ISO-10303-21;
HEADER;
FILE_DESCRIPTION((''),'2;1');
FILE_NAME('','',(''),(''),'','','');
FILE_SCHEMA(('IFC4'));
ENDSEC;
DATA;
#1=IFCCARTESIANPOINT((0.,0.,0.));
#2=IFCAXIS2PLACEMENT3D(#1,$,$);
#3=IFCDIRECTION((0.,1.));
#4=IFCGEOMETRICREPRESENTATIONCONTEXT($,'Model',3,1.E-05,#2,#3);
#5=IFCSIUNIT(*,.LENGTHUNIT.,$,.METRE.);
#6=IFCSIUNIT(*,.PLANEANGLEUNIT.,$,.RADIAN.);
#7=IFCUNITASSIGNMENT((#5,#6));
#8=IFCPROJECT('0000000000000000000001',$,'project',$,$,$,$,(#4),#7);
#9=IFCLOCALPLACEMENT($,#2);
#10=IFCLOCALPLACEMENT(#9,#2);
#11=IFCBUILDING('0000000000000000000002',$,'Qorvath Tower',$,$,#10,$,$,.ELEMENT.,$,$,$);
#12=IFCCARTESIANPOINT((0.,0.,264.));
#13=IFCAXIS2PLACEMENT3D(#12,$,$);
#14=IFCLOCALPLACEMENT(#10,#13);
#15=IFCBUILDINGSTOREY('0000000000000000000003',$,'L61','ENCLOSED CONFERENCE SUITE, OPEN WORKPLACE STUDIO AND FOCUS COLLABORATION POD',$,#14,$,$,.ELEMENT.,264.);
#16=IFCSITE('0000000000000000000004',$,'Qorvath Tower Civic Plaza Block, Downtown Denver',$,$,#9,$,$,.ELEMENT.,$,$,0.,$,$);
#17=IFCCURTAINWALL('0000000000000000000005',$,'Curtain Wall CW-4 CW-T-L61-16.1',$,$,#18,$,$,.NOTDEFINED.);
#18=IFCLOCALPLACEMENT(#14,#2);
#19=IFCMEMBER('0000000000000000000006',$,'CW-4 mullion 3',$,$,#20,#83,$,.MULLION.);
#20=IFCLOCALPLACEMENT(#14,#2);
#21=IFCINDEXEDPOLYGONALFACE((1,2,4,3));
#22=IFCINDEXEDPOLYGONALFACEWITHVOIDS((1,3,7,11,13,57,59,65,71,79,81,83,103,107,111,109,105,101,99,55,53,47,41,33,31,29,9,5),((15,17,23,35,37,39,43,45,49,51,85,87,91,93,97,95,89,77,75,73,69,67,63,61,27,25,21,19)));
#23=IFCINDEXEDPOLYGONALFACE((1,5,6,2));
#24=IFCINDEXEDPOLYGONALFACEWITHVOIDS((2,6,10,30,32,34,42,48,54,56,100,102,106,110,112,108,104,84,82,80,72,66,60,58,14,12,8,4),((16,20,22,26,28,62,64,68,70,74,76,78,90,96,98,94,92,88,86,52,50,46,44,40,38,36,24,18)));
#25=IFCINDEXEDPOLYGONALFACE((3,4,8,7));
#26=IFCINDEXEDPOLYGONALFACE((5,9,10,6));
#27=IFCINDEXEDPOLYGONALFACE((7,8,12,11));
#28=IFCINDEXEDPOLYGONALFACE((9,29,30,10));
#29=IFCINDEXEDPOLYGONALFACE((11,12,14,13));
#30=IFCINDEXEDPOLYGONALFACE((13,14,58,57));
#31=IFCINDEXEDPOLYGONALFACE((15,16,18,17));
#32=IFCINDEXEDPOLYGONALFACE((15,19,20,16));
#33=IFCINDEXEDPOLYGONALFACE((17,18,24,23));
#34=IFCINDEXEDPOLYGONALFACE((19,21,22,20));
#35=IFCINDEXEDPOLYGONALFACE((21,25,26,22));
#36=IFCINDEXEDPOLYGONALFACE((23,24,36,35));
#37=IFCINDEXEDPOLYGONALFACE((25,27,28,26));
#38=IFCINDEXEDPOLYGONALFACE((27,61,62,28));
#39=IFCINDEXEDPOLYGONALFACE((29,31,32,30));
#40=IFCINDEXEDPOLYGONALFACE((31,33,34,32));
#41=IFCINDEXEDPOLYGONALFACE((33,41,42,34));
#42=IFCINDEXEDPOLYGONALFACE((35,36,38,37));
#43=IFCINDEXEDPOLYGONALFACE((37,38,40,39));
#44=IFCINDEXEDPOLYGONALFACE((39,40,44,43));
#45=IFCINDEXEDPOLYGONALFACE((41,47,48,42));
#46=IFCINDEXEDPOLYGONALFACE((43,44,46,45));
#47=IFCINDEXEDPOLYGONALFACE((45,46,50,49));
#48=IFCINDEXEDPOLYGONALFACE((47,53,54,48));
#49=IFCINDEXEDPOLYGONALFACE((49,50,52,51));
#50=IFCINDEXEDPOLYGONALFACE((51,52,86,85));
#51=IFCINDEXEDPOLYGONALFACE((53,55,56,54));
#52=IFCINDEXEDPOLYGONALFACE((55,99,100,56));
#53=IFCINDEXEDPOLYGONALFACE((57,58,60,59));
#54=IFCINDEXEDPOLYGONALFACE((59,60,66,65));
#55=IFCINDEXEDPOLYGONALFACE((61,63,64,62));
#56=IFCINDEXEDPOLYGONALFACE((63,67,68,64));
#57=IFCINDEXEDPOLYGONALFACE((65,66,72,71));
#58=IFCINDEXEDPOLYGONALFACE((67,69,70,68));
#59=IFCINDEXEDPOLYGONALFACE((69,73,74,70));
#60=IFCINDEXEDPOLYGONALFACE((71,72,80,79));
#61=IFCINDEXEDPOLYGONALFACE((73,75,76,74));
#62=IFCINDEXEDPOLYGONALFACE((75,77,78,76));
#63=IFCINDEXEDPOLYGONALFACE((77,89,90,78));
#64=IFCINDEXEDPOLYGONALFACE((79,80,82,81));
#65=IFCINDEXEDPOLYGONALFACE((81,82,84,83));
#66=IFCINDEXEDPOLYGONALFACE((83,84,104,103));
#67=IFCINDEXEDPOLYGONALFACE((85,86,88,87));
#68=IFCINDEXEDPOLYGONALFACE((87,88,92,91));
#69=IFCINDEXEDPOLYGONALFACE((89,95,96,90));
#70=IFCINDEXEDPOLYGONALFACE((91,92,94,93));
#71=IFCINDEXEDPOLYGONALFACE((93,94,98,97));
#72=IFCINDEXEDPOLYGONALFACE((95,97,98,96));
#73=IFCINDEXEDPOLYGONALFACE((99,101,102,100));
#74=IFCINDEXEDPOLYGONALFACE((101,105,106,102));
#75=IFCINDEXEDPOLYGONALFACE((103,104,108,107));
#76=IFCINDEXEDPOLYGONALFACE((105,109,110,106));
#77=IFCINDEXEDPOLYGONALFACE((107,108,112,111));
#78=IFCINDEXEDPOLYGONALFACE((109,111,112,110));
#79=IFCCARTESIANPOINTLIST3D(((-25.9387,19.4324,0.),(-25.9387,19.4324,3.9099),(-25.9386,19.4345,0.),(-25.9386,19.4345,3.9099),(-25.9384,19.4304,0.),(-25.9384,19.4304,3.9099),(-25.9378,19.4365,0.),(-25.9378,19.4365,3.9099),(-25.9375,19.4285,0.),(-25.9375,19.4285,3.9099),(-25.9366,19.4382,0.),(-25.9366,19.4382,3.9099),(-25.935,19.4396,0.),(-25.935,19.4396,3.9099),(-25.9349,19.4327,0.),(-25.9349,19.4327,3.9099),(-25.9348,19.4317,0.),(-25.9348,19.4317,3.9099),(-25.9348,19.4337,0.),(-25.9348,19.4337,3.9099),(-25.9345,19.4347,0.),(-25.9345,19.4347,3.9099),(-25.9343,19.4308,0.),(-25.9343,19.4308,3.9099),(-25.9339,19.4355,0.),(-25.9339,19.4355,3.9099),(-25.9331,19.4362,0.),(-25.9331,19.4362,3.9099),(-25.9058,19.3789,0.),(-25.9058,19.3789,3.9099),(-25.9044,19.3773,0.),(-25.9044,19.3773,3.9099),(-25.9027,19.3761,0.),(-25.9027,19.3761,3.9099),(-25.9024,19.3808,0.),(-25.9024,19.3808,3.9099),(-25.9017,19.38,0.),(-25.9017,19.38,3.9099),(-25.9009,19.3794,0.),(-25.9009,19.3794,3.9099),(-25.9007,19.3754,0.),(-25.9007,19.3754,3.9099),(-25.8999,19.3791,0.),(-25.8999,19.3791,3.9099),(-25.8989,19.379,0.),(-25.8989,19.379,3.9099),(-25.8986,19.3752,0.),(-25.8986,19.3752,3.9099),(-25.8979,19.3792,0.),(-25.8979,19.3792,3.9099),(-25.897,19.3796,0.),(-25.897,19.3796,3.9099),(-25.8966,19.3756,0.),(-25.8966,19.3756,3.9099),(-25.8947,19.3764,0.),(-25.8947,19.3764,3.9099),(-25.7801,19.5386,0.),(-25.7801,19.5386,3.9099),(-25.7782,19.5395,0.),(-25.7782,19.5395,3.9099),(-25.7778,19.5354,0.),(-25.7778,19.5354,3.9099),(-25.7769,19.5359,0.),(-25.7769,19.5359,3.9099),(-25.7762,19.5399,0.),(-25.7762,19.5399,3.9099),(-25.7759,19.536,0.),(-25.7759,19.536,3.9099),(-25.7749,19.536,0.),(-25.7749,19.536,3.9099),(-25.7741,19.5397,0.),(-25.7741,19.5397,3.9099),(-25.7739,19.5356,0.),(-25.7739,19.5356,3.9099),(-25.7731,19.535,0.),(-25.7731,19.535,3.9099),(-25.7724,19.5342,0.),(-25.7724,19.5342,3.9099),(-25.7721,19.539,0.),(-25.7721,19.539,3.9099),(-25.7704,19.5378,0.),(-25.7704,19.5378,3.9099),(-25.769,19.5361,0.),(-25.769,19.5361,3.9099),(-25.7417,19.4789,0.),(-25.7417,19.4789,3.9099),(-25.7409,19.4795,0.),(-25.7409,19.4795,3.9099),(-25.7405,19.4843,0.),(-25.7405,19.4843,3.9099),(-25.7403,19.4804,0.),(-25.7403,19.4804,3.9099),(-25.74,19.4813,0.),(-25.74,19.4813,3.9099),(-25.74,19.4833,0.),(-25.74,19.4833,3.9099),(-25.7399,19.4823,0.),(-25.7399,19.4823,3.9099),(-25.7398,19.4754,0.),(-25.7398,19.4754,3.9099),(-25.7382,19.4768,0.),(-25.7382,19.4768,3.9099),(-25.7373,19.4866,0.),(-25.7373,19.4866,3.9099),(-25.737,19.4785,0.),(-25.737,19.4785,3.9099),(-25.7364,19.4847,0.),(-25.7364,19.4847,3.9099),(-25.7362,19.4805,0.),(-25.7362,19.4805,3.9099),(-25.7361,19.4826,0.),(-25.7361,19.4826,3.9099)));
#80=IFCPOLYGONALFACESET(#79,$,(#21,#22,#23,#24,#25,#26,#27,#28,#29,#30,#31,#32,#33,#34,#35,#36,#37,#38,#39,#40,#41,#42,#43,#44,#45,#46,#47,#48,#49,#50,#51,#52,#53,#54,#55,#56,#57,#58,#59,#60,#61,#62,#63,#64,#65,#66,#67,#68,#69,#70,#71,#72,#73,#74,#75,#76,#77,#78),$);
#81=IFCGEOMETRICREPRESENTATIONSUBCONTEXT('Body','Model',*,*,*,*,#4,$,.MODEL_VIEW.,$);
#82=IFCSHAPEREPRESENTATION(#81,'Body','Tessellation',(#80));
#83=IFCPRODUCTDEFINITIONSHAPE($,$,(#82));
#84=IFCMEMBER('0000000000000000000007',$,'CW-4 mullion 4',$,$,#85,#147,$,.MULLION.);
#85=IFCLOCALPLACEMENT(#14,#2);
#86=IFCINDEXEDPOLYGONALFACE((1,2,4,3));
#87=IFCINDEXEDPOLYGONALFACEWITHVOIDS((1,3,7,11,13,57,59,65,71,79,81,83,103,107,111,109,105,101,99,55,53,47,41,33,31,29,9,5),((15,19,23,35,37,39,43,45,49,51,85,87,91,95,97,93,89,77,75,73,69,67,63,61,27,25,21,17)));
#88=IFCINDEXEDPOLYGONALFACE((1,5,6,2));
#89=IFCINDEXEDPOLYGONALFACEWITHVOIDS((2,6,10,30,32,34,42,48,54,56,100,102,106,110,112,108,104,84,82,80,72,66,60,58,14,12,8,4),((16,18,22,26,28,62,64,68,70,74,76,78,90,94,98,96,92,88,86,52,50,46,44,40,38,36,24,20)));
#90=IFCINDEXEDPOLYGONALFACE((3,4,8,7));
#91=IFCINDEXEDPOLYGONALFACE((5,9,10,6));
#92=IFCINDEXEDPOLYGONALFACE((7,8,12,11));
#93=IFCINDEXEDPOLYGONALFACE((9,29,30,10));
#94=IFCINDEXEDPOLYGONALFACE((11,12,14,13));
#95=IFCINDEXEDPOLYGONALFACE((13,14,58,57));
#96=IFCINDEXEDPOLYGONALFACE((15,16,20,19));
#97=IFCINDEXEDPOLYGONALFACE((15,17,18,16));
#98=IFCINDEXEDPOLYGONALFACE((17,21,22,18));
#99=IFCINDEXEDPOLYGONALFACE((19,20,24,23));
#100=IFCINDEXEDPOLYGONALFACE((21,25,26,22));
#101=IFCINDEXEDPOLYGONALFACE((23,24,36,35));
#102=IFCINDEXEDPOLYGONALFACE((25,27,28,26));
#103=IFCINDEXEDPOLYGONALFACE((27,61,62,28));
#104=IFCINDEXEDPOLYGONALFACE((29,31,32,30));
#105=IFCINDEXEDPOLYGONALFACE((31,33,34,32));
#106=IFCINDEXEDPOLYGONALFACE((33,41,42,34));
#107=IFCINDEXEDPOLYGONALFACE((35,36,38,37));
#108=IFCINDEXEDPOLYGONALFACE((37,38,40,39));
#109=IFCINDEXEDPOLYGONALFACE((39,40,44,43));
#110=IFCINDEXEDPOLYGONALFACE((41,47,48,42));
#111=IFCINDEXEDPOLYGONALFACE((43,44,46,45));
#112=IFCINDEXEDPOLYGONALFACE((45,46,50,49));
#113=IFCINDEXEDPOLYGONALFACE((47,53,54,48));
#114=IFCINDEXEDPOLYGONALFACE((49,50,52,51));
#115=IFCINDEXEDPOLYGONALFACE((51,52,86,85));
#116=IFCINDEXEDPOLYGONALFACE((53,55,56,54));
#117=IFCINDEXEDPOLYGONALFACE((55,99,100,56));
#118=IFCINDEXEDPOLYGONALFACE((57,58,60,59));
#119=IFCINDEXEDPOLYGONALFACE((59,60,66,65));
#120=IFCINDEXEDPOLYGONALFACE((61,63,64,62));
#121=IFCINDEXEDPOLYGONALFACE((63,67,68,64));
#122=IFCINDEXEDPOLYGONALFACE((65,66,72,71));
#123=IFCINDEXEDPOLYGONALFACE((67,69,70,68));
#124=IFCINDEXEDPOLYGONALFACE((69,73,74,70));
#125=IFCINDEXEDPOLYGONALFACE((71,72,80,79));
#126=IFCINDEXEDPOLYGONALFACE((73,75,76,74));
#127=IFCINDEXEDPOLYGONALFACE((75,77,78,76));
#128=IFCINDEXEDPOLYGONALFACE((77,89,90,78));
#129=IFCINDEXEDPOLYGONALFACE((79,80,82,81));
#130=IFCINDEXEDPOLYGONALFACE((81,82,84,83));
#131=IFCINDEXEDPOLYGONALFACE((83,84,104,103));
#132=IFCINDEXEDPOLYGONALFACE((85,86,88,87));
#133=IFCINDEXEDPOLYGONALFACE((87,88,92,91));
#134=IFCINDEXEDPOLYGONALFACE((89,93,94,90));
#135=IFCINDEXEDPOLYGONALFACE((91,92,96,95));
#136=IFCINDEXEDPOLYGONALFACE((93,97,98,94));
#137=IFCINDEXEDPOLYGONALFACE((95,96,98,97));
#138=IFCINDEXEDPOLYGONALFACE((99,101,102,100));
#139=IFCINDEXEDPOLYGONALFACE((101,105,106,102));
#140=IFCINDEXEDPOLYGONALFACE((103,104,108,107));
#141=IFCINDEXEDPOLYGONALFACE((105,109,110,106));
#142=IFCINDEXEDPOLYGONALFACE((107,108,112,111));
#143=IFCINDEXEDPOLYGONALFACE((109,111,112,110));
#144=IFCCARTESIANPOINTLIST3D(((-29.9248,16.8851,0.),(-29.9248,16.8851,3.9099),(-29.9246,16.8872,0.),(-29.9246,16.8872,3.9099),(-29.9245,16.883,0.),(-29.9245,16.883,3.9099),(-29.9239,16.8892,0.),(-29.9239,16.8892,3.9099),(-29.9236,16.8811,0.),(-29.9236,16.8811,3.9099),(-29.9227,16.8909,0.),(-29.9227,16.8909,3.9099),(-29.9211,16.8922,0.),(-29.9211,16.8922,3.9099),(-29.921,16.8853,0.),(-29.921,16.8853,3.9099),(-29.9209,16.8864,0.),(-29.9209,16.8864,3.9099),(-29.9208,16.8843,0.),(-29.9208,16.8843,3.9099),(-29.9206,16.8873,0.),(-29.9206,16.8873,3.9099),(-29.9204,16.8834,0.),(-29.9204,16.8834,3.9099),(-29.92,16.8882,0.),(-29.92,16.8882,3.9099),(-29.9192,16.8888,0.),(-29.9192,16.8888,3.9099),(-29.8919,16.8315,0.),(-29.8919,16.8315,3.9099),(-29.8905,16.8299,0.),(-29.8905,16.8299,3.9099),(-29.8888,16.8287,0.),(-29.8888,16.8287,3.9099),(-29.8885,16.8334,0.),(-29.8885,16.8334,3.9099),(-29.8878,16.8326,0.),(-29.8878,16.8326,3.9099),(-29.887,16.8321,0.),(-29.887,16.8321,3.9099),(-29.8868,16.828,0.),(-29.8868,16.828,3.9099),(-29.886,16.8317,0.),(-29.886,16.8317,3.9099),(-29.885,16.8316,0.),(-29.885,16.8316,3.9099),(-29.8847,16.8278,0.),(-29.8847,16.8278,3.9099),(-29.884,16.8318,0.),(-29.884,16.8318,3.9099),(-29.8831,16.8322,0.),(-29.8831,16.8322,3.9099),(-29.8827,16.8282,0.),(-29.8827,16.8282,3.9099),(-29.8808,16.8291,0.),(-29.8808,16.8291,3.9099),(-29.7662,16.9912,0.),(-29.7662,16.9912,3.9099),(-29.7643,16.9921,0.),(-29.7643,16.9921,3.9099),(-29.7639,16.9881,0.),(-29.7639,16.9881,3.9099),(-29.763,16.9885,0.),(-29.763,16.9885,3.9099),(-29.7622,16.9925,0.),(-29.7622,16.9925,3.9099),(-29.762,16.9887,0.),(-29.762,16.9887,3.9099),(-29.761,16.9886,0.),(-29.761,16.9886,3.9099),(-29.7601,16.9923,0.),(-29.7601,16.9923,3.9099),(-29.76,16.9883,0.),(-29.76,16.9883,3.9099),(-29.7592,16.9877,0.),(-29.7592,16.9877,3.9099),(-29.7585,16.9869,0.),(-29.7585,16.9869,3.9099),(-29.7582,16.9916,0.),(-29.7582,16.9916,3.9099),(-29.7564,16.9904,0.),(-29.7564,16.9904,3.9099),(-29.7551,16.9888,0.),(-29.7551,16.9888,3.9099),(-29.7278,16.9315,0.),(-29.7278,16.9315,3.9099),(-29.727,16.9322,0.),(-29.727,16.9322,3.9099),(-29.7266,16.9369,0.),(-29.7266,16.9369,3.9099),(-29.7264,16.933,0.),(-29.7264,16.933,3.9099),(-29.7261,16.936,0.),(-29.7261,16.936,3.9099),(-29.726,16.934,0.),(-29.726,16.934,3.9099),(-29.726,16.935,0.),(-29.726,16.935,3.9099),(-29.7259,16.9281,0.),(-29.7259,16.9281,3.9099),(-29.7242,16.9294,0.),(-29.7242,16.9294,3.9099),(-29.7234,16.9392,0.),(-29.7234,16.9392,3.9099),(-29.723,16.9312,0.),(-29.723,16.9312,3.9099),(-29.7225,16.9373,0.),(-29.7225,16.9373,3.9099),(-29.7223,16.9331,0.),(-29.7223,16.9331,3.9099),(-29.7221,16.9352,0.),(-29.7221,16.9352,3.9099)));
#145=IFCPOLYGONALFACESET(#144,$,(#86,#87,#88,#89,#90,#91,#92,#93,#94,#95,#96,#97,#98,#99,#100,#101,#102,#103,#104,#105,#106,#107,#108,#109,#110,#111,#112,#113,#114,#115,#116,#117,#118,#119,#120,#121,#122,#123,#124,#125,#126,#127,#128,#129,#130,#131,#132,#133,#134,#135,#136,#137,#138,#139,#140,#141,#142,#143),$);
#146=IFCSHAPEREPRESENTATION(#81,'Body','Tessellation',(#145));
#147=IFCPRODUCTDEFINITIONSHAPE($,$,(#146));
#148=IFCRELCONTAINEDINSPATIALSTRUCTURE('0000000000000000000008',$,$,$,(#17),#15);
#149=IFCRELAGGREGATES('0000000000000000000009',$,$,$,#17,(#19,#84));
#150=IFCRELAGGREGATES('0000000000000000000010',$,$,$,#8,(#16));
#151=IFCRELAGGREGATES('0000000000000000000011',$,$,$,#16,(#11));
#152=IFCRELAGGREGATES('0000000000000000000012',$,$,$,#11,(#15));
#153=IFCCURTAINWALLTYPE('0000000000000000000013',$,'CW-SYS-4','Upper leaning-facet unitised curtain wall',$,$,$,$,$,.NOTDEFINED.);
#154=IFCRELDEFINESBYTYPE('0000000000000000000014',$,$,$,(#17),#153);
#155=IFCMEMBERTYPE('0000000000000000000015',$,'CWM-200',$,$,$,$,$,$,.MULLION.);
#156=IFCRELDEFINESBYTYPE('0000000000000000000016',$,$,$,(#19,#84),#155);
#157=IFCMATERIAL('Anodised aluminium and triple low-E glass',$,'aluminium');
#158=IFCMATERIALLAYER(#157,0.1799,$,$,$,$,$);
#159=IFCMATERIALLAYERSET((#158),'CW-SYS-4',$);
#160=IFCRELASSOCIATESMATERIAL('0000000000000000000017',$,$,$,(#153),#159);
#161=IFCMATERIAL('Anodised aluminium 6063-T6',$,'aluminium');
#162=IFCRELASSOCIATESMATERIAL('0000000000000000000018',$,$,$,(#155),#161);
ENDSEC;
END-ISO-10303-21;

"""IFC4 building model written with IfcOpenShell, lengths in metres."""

from ifc_helpers import new_model, si_unit, direction, frame, origin, origin_2d, place, context, subcontext, project, spatial, hollow_rectangle, extrude, material, layer, layer_set, material_profile, profile_set, type_object, element, aggregate, save


model = new_model("IFC4")

# Units and contexts
model_context = context("Model", 3, precision=1e-05, world=origin(), true_north=direction((0.0, 1.0)))
body_context = subcontext(model_context, "Body", "Model", "MODEL_VIEW")
ifc_project = project(units=[si_unit("LENGTHUNIT", "METRE"), si_unit("PLANEANGLEUNIT", "RADIAN")], contexts=[model_context])

# Site, building, storey
site_placement = place(None, origin())
site = spatial("IfcSite", under=ifc_project, at=site_placement, Name="Qorvath Tower Civic Plaza Block, Downtown Denver", CompositionType="ELEMENT", RefElevation=0.0)
building_placement = place(site_placement, origin())
building = spatial("IfcBuilding", under=site, at=building_placement, Name="Qorvath Tower", CompositionType="ELEMENT")
storey_placement = place(building_placement, frame((0.0, 0.0, 264.0)))
storey = spatial("IfcBuildingStorey", under=building, at=storey_placement, Name="L61", Description="ENCLOSED CONFERENCE SUITE, OPEN WORKPLACE STUDIO AND FOCUS COLLABORATION POD", CompositionType="ELEMENT", Elevation=264.0)

# Curtain wall, members
ifc_material_1 = material(Name="Anodised aluminium and triple low-E glass", Category="aluminium")
ifc_layer_1 = layer(ifc_material_1, 0.1799)
ifc_layer_set_1 = layer_set([ifc_layer_1], Name="CW-SYS-4")
curtain_wall_type = type_object("IfcCurtainWallType", Name="CW-SYS-4", Description="Upper leaning-facet unitised curtain wall", PredefinedType="NOTDEFINED", material=ifc_layer_set_1)
curtain_wall_1_placement = place(storey_placement, origin())
curtain_wall_1 = element("IfcCurtainWall", 1, at=curtain_wall_1_placement, inside=storey, type_object=curtain_wall_type, Name="Curtain Wall CW-4 CW-T-L61-16.1", PredefinedType="NOTDEFINED")
ifc_material_2 = material(Name="Anodised aluminium 6063-T6", Category="aluminium")
ifc_material_profile_1 = material_profile(ifc_material_2, hollow_rectangle(XDim=0.075, YDim=0.2, WallThickness=0.0039, InnerFilletRadius=0.0039, OuterFilletRadius=0.0081, at=origin_2d()), Name="CWM 200x75")
ifc_profile_set_1 = profile_set([ifc_material_profile_1], Name="Anodised aluminium 6063-T6")
member_type_1 = type_object("IfcMemberType", Name="CWM-200", PredefinedType="MULLION", material=ifc_profile_set_1)
member_1_placement = place(storey_placement, frame((-25.8374, 19.4575, 0.0), z_axis=(0.0, 0.0, 1.0), x_axis=(0.538523, -0.842611, 0.0)))
member_1 = element("IfcMember", 2, at=member_1_placement, type_object=member_type_1, Name="CW-4 mullion 3", PredefinedType="MULLION", context=body_context, shape_type="SweptSolid", body=[
    extrude(hollow_rectangle(XDim=0.075, YDim=0.2, WallThickness=0.0039, InnerFilletRadius=0.0039, OuterFilletRadius=0.0081, at=origin_2d()), origin(), (0.0, 0.0, 1.0), 3.9099),
])
member_2_placement = place(storey_placement, frame((-29.8235, 16.9102, 0.0), z_axis=(0.0, 0.0, 1.0), x_axis=(0.538523, -0.842611, 0.0)))
member_2 = element("IfcMember", 3, at=member_2_placement, type_object=member_type_1, Name="CW-4 mullion 4", PredefinedType="MULLION", context=body_context, shape_type="SweptSolid", body=[
    extrude(hollow_rectangle(XDim=0.075, YDim=0.2, WallThickness=0.0039, InnerFilletRadius=0.0039, OuterFilletRadius=0.0081, at=origin_2d()), origin(), (0.0, 0.0, 1.0), 3.9099),
])

aggregate(curtain_wall_1, [member_1, member_2])

save(model, "model.ifc")
